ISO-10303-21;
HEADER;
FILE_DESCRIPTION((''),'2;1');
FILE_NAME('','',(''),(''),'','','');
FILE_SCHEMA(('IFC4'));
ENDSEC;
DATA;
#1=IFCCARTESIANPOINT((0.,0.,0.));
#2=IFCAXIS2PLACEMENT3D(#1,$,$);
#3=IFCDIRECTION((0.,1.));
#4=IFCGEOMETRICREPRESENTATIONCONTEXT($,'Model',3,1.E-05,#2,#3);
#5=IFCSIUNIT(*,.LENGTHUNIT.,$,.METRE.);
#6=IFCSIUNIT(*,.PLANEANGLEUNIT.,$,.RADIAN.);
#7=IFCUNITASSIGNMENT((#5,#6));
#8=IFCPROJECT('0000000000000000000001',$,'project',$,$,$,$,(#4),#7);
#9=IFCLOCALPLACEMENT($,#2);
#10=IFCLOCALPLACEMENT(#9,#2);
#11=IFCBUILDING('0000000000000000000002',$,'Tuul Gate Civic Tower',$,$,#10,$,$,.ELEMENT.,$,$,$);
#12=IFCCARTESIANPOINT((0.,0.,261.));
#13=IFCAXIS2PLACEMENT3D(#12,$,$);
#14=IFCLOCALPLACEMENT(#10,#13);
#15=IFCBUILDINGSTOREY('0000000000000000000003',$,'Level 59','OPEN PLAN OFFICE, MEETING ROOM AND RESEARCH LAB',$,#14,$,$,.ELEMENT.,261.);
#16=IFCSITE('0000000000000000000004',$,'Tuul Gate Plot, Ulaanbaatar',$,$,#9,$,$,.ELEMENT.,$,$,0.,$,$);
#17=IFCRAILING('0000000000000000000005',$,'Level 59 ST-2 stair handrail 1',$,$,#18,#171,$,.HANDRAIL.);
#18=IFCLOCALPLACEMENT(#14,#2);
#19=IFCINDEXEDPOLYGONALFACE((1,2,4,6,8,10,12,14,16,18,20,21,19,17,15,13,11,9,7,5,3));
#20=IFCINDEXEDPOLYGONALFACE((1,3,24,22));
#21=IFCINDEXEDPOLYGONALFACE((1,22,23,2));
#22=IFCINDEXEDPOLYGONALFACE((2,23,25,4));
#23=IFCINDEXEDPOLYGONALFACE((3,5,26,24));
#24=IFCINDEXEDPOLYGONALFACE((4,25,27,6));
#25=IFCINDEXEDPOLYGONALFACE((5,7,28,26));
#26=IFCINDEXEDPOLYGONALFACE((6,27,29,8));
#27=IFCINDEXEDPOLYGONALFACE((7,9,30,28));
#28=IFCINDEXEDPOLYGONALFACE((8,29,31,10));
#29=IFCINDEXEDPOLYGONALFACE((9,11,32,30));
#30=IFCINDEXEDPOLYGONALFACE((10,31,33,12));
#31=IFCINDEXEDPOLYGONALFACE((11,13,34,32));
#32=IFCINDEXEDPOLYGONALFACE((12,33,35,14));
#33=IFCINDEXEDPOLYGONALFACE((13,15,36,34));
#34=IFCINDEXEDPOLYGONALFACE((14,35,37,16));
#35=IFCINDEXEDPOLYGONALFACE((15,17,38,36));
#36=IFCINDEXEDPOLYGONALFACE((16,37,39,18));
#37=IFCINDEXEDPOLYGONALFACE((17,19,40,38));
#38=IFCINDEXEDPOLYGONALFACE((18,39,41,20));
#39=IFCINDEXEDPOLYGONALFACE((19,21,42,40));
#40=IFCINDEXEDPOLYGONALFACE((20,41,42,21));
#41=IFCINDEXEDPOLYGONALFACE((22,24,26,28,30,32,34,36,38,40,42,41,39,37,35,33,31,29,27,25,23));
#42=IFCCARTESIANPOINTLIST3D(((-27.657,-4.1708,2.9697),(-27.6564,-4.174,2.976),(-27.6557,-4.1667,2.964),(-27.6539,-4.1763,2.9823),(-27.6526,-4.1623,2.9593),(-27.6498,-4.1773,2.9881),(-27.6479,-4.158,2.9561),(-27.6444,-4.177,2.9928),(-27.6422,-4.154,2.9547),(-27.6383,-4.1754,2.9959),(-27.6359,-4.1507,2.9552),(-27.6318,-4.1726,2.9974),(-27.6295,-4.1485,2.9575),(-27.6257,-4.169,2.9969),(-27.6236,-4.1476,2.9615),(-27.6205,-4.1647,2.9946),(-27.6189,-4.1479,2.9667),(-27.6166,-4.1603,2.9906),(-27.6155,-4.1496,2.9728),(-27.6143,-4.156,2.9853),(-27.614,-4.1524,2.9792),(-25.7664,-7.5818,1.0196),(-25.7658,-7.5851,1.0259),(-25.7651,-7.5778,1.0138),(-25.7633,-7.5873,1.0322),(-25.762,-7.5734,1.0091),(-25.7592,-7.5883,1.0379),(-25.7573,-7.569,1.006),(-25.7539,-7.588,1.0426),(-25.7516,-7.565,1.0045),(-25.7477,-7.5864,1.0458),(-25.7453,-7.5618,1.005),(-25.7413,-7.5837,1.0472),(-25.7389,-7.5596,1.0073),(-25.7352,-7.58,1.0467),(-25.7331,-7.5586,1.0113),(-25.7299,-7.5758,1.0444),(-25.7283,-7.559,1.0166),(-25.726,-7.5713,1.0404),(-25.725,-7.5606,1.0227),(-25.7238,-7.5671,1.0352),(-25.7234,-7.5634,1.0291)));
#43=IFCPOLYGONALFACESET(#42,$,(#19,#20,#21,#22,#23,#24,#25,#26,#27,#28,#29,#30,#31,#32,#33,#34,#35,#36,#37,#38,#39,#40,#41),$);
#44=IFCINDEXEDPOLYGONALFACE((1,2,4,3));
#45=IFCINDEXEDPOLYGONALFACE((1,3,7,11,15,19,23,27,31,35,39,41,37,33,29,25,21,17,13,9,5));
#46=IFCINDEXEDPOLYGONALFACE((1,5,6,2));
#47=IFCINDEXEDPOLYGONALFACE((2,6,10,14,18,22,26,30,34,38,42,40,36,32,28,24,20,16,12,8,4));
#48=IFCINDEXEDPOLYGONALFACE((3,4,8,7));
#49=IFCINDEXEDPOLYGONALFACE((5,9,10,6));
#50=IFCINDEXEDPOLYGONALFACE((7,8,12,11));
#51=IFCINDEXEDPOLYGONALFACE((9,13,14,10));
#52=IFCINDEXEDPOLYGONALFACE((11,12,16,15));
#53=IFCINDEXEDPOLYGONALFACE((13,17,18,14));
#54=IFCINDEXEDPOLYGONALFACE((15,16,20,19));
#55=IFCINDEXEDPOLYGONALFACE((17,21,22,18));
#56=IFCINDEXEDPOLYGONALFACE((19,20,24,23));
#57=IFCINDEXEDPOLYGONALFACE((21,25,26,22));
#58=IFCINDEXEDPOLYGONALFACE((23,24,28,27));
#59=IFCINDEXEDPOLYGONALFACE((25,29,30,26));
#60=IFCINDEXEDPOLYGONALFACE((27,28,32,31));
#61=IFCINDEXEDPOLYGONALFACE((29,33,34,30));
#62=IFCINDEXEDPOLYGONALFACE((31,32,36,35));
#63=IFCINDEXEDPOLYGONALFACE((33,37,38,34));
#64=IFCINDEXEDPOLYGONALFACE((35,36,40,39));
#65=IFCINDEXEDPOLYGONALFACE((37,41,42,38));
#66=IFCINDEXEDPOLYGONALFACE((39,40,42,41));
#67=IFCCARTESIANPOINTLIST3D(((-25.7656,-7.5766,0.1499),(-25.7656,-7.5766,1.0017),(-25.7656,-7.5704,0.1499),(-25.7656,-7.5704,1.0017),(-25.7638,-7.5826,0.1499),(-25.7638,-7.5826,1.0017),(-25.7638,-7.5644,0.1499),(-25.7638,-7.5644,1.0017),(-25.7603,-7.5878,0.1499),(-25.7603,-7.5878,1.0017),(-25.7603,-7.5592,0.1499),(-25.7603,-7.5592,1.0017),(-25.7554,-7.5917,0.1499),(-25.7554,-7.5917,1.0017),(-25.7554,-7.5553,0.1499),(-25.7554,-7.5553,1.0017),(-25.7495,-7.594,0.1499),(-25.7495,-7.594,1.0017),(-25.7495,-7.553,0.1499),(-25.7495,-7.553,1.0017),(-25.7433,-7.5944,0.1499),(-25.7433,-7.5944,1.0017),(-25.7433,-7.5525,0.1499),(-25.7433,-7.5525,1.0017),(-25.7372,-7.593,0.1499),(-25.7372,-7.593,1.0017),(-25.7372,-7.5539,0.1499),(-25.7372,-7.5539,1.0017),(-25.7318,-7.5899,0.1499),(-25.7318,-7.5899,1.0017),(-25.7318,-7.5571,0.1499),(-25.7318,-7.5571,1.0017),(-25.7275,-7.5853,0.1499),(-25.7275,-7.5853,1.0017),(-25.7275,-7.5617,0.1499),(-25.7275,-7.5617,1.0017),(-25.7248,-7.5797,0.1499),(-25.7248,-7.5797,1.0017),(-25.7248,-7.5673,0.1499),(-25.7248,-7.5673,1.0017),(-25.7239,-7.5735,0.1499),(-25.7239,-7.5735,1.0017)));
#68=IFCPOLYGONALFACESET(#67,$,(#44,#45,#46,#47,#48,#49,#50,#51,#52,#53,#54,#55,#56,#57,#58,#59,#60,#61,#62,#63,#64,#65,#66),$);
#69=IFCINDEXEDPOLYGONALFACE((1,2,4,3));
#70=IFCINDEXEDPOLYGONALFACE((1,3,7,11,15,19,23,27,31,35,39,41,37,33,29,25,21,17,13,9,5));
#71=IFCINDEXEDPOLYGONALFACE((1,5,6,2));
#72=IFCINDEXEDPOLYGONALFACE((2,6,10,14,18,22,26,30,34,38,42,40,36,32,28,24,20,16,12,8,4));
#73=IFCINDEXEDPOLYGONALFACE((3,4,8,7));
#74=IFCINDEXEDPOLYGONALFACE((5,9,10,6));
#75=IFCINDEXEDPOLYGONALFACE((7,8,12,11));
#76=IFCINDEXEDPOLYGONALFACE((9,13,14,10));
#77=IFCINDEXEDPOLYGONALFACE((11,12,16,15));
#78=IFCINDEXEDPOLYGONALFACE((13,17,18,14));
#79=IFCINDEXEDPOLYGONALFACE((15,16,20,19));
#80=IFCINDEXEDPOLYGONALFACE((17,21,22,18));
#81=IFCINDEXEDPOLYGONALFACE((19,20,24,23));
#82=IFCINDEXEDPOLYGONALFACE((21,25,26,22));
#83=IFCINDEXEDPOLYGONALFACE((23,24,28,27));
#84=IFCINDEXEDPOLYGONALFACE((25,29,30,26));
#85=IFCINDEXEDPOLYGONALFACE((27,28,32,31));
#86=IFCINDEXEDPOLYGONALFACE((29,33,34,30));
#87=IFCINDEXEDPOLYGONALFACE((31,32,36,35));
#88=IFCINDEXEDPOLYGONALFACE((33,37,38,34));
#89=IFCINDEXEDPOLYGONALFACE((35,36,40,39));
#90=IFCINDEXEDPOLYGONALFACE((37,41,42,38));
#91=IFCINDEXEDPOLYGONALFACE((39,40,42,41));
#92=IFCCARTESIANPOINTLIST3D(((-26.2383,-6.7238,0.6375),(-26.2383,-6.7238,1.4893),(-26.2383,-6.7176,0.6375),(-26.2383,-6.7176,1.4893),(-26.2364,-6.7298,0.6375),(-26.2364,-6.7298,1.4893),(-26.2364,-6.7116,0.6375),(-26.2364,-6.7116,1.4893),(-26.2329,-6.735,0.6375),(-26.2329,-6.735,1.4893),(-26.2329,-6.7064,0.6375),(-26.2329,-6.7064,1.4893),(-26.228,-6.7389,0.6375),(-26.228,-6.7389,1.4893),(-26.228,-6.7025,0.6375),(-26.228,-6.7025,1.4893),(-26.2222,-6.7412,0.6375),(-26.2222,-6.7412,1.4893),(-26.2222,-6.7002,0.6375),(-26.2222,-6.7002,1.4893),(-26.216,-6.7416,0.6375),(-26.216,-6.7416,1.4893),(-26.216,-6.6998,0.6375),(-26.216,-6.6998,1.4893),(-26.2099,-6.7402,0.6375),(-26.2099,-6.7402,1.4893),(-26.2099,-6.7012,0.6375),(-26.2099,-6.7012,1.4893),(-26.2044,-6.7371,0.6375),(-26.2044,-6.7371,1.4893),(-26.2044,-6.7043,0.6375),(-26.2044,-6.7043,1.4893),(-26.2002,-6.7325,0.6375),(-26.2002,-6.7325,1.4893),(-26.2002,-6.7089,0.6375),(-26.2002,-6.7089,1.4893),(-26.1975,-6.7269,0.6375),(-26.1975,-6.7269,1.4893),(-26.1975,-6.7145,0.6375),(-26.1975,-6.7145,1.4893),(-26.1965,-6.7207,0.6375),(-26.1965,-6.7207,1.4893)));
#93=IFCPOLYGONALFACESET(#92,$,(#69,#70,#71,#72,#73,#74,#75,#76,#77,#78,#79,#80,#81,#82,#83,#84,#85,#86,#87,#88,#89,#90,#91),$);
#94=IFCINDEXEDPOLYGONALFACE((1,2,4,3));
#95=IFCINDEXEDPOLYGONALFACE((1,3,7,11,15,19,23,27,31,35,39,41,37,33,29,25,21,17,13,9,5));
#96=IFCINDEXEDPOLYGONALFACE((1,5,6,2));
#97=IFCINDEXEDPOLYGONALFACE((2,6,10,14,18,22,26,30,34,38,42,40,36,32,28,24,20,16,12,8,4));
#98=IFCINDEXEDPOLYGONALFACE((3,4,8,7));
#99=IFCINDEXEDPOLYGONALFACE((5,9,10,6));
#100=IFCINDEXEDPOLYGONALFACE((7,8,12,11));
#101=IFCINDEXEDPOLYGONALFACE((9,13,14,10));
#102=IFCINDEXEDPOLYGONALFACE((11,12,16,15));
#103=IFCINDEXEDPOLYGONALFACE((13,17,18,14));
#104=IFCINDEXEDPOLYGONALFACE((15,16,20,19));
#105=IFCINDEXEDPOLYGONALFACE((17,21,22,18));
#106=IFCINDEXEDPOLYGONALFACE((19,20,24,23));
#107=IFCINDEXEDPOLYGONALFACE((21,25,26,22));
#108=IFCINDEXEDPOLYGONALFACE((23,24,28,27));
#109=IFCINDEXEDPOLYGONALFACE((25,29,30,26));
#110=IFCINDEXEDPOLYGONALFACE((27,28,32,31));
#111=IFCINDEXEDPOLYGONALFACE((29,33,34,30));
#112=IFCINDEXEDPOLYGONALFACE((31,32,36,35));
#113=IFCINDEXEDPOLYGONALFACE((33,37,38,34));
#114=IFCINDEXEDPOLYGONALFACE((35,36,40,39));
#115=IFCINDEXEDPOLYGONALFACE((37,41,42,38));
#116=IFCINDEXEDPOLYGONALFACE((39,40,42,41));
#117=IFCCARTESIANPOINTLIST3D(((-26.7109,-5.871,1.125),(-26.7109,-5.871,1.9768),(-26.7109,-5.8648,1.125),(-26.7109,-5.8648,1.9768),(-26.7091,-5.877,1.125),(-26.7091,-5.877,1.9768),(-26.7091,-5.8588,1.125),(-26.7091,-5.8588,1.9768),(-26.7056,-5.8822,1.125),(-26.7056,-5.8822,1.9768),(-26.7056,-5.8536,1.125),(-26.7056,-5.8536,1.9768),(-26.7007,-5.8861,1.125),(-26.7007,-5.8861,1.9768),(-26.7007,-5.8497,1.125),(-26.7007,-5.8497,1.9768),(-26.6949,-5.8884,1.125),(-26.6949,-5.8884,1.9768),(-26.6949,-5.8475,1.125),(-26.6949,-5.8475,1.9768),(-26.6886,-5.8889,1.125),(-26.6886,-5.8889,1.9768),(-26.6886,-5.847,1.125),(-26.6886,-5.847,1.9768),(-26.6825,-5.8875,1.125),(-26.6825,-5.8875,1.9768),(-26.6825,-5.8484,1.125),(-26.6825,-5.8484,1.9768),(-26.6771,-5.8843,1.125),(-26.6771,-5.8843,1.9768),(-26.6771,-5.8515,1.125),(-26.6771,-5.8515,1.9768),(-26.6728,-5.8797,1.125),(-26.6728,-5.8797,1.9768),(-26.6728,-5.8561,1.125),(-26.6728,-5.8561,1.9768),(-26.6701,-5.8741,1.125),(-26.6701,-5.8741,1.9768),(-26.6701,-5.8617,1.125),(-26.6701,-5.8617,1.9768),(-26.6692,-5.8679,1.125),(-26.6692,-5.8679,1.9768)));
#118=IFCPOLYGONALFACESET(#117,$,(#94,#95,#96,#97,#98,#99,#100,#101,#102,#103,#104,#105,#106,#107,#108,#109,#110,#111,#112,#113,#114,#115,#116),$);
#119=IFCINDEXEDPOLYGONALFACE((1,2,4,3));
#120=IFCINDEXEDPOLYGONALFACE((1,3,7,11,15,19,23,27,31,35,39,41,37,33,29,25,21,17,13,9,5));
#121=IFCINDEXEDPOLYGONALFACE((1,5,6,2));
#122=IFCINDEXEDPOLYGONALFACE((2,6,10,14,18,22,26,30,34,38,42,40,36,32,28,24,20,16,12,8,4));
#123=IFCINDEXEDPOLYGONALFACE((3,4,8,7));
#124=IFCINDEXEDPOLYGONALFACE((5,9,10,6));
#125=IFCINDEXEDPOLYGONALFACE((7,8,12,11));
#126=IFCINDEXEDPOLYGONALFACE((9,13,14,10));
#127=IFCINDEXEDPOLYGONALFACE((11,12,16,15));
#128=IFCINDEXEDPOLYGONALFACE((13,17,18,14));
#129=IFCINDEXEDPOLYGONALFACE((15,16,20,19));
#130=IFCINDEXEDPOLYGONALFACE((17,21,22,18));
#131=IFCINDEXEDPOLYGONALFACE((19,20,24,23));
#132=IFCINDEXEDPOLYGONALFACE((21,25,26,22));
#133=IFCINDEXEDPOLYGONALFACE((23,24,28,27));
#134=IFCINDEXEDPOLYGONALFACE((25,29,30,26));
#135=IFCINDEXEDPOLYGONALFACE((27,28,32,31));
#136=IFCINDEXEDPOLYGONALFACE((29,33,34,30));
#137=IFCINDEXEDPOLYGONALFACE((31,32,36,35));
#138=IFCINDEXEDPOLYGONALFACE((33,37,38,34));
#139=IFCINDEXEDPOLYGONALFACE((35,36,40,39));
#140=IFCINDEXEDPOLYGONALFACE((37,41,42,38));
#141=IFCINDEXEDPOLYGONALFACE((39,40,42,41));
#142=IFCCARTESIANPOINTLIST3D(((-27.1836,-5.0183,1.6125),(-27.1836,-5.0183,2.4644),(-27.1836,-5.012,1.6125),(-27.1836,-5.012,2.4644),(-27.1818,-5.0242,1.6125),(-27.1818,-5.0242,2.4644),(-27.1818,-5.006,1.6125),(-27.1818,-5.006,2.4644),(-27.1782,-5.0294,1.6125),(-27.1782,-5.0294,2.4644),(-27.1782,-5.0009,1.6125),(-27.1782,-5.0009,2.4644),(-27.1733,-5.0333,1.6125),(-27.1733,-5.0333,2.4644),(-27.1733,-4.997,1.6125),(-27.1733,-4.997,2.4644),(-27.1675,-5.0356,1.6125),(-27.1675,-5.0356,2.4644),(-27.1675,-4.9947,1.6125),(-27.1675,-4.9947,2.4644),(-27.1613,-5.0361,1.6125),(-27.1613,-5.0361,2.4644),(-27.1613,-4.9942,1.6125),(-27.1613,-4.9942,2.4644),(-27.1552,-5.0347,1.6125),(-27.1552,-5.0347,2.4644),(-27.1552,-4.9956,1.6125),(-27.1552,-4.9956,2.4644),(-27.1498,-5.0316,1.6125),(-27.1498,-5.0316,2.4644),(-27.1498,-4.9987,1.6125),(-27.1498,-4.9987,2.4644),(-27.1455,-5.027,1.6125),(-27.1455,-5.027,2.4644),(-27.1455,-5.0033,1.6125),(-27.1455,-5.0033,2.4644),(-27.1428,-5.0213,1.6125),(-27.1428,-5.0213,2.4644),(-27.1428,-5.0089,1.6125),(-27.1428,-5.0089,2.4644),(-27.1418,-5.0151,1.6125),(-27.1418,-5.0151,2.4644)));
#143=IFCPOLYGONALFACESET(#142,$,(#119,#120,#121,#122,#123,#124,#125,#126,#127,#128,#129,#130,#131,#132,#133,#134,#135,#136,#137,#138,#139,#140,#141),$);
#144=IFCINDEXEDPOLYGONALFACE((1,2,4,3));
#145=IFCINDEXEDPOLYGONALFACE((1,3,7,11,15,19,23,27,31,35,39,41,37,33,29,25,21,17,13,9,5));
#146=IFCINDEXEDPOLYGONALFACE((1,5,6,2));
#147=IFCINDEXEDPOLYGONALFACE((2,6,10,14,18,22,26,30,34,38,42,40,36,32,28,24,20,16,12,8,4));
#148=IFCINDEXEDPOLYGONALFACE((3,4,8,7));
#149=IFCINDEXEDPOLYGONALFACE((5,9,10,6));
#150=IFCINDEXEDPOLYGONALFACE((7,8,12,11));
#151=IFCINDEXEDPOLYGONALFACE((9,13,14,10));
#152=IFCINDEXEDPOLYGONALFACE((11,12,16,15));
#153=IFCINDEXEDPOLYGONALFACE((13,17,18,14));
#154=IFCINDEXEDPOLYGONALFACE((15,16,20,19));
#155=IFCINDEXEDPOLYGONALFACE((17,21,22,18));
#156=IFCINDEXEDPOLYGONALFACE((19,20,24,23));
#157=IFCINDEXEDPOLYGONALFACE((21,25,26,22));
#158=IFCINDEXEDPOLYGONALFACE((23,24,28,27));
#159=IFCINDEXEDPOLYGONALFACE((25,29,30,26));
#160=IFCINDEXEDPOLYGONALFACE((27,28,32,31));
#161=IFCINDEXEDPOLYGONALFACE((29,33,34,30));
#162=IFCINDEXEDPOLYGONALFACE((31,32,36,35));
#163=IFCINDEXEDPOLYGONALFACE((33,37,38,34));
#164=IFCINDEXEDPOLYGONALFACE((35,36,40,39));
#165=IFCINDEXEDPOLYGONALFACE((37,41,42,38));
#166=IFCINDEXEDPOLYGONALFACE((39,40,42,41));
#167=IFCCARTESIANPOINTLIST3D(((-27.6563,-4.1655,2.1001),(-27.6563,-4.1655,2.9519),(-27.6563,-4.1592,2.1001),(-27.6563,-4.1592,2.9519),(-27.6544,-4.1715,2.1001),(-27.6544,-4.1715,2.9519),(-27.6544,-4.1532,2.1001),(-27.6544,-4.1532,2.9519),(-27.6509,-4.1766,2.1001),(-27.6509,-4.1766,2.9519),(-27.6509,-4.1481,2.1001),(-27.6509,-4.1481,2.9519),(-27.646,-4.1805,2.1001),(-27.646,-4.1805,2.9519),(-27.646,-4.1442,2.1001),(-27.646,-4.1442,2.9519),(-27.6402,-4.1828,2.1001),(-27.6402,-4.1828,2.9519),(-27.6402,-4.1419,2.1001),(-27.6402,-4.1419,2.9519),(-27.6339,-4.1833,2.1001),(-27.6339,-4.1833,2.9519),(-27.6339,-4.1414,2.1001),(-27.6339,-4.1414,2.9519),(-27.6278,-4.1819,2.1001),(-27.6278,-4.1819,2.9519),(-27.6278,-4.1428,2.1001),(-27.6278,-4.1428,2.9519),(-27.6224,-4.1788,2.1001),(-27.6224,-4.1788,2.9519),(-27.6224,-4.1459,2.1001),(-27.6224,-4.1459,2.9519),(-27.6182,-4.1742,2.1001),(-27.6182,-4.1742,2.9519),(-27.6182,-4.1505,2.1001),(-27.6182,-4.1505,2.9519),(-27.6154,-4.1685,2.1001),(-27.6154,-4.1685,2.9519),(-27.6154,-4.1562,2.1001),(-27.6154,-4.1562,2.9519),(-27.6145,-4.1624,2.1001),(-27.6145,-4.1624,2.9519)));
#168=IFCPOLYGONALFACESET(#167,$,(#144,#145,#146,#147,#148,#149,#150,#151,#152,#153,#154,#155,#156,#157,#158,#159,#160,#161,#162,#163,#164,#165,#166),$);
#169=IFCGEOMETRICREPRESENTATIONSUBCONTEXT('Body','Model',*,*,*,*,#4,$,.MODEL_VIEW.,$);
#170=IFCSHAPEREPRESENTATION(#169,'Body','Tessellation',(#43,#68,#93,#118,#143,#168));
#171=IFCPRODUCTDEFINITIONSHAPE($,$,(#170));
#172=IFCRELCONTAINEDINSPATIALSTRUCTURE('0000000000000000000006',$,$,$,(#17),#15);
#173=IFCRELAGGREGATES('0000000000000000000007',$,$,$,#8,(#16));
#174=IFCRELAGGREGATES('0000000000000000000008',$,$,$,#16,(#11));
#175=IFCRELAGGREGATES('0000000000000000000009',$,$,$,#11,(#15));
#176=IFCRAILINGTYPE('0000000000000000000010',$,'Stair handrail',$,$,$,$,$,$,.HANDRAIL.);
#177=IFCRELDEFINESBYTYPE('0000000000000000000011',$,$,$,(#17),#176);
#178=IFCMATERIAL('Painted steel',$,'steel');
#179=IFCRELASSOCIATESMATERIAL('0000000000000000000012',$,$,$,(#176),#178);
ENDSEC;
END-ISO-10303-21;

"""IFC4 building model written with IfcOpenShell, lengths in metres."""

from ifc_helpers import new_model, si_unit, direction, frame, origin, origin_2d, place, context, subcontext, project, spatial, circle, extrude, material, type_object, element, save


model = new_model("IFC4")

# Units and contexts
model_context = context("Model", 3, precision=1e-05, world=origin(), true_north=direction((0.0, 1.0)))
body_context = subcontext(model_context, "Body", "Model", "MODEL_VIEW")
ifc_project = project(units=[si_unit("LENGTHUNIT", "METRE"), si_unit("PLANEANGLEUNIT", "RADIAN")], contexts=[model_context])

# Site, building, storey
site_placement = place(None, origin())
site = spatial("IfcSite", under=ifc_project, at=site_placement, Name="Tuul Gate Plot, Ulaanbaatar", CompositionType="ELEMENT", RefElevation=0.0)
building_placement = place(site_placement, origin())
building = spatial("IfcBuilding", under=site, at=building_placement, Name="Tuul Gate Civic Tower", CompositionType="ELEMENT")
storey_placement = place(building_placement, frame((0.0, 0.0, 261.0)))
storey = spatial("IfcBuildingStorey", under=building, at=storey_placement, Name="Level 59", Description="OPEN PLAN OFFICE, MEETING ROOM AND RESEARCH LAB", CompositionType="ELEMENT", Elevation=261.0)

# Railing
ifc_material_1 = material(Name="Painted steel", Category="steel")
railing_type_1 = type_object("IfcRailingType", Name="Stair handrail", PredefinedType="HANDRAIL", material=ifc_material_1)
railing_1_placement = place(storey_placement, frame((-25.7449, -7.5735, 0.1499)))
element("IfcRailing", 1, at=railing_1_placement, inside=storey, type_object=railing_type_1, Name="Level 59 ST-2 stair handrail 1", PredefinedType="HANDRAIL", context=body_context, shape_type="SweptSolid", body=[
    extrude(circle(Radius=0.0239, at=origin_2d()), frame((0.0, 0.0, 0.876), z_axis=(-0.433585, 0.782289, 0.447246), x_axis=(-0.874641, -0.484771, 0.0)), (0.0, 0.0, 1.0), 4.3604),
    extrude(circle(Radius=0.021, at=origin_2d()), origin(), (0.0, 0.0, 1.0), 0.8518),
    extrude(circle(Radius=0.021, at=origin_2d()), frame((-0.4727, 0.8528, 0.4875)), (0.0, 0.0, 1.0), 0.8518),
    extrude(circle(Radius=0.021, at=origin_2d()), frame((-0.9453, 1.7056, 0.9751)), (0.0, 0.0, 1.0), 0.8518),
    extrude(circle(Radius=0.021, at=origin_2d()), frame((-1.418, 2.5583, 1.4626)), (0.0, 0.0, 1.0), 0.8518),
    extrude(circle(Radius=0.021, at=origin_2d()), frame((-1.8906, 3.4111, 1.9502)), (0.0, 0.0, 1.0), 0.8518),
])

save(model, "model.ifc")
